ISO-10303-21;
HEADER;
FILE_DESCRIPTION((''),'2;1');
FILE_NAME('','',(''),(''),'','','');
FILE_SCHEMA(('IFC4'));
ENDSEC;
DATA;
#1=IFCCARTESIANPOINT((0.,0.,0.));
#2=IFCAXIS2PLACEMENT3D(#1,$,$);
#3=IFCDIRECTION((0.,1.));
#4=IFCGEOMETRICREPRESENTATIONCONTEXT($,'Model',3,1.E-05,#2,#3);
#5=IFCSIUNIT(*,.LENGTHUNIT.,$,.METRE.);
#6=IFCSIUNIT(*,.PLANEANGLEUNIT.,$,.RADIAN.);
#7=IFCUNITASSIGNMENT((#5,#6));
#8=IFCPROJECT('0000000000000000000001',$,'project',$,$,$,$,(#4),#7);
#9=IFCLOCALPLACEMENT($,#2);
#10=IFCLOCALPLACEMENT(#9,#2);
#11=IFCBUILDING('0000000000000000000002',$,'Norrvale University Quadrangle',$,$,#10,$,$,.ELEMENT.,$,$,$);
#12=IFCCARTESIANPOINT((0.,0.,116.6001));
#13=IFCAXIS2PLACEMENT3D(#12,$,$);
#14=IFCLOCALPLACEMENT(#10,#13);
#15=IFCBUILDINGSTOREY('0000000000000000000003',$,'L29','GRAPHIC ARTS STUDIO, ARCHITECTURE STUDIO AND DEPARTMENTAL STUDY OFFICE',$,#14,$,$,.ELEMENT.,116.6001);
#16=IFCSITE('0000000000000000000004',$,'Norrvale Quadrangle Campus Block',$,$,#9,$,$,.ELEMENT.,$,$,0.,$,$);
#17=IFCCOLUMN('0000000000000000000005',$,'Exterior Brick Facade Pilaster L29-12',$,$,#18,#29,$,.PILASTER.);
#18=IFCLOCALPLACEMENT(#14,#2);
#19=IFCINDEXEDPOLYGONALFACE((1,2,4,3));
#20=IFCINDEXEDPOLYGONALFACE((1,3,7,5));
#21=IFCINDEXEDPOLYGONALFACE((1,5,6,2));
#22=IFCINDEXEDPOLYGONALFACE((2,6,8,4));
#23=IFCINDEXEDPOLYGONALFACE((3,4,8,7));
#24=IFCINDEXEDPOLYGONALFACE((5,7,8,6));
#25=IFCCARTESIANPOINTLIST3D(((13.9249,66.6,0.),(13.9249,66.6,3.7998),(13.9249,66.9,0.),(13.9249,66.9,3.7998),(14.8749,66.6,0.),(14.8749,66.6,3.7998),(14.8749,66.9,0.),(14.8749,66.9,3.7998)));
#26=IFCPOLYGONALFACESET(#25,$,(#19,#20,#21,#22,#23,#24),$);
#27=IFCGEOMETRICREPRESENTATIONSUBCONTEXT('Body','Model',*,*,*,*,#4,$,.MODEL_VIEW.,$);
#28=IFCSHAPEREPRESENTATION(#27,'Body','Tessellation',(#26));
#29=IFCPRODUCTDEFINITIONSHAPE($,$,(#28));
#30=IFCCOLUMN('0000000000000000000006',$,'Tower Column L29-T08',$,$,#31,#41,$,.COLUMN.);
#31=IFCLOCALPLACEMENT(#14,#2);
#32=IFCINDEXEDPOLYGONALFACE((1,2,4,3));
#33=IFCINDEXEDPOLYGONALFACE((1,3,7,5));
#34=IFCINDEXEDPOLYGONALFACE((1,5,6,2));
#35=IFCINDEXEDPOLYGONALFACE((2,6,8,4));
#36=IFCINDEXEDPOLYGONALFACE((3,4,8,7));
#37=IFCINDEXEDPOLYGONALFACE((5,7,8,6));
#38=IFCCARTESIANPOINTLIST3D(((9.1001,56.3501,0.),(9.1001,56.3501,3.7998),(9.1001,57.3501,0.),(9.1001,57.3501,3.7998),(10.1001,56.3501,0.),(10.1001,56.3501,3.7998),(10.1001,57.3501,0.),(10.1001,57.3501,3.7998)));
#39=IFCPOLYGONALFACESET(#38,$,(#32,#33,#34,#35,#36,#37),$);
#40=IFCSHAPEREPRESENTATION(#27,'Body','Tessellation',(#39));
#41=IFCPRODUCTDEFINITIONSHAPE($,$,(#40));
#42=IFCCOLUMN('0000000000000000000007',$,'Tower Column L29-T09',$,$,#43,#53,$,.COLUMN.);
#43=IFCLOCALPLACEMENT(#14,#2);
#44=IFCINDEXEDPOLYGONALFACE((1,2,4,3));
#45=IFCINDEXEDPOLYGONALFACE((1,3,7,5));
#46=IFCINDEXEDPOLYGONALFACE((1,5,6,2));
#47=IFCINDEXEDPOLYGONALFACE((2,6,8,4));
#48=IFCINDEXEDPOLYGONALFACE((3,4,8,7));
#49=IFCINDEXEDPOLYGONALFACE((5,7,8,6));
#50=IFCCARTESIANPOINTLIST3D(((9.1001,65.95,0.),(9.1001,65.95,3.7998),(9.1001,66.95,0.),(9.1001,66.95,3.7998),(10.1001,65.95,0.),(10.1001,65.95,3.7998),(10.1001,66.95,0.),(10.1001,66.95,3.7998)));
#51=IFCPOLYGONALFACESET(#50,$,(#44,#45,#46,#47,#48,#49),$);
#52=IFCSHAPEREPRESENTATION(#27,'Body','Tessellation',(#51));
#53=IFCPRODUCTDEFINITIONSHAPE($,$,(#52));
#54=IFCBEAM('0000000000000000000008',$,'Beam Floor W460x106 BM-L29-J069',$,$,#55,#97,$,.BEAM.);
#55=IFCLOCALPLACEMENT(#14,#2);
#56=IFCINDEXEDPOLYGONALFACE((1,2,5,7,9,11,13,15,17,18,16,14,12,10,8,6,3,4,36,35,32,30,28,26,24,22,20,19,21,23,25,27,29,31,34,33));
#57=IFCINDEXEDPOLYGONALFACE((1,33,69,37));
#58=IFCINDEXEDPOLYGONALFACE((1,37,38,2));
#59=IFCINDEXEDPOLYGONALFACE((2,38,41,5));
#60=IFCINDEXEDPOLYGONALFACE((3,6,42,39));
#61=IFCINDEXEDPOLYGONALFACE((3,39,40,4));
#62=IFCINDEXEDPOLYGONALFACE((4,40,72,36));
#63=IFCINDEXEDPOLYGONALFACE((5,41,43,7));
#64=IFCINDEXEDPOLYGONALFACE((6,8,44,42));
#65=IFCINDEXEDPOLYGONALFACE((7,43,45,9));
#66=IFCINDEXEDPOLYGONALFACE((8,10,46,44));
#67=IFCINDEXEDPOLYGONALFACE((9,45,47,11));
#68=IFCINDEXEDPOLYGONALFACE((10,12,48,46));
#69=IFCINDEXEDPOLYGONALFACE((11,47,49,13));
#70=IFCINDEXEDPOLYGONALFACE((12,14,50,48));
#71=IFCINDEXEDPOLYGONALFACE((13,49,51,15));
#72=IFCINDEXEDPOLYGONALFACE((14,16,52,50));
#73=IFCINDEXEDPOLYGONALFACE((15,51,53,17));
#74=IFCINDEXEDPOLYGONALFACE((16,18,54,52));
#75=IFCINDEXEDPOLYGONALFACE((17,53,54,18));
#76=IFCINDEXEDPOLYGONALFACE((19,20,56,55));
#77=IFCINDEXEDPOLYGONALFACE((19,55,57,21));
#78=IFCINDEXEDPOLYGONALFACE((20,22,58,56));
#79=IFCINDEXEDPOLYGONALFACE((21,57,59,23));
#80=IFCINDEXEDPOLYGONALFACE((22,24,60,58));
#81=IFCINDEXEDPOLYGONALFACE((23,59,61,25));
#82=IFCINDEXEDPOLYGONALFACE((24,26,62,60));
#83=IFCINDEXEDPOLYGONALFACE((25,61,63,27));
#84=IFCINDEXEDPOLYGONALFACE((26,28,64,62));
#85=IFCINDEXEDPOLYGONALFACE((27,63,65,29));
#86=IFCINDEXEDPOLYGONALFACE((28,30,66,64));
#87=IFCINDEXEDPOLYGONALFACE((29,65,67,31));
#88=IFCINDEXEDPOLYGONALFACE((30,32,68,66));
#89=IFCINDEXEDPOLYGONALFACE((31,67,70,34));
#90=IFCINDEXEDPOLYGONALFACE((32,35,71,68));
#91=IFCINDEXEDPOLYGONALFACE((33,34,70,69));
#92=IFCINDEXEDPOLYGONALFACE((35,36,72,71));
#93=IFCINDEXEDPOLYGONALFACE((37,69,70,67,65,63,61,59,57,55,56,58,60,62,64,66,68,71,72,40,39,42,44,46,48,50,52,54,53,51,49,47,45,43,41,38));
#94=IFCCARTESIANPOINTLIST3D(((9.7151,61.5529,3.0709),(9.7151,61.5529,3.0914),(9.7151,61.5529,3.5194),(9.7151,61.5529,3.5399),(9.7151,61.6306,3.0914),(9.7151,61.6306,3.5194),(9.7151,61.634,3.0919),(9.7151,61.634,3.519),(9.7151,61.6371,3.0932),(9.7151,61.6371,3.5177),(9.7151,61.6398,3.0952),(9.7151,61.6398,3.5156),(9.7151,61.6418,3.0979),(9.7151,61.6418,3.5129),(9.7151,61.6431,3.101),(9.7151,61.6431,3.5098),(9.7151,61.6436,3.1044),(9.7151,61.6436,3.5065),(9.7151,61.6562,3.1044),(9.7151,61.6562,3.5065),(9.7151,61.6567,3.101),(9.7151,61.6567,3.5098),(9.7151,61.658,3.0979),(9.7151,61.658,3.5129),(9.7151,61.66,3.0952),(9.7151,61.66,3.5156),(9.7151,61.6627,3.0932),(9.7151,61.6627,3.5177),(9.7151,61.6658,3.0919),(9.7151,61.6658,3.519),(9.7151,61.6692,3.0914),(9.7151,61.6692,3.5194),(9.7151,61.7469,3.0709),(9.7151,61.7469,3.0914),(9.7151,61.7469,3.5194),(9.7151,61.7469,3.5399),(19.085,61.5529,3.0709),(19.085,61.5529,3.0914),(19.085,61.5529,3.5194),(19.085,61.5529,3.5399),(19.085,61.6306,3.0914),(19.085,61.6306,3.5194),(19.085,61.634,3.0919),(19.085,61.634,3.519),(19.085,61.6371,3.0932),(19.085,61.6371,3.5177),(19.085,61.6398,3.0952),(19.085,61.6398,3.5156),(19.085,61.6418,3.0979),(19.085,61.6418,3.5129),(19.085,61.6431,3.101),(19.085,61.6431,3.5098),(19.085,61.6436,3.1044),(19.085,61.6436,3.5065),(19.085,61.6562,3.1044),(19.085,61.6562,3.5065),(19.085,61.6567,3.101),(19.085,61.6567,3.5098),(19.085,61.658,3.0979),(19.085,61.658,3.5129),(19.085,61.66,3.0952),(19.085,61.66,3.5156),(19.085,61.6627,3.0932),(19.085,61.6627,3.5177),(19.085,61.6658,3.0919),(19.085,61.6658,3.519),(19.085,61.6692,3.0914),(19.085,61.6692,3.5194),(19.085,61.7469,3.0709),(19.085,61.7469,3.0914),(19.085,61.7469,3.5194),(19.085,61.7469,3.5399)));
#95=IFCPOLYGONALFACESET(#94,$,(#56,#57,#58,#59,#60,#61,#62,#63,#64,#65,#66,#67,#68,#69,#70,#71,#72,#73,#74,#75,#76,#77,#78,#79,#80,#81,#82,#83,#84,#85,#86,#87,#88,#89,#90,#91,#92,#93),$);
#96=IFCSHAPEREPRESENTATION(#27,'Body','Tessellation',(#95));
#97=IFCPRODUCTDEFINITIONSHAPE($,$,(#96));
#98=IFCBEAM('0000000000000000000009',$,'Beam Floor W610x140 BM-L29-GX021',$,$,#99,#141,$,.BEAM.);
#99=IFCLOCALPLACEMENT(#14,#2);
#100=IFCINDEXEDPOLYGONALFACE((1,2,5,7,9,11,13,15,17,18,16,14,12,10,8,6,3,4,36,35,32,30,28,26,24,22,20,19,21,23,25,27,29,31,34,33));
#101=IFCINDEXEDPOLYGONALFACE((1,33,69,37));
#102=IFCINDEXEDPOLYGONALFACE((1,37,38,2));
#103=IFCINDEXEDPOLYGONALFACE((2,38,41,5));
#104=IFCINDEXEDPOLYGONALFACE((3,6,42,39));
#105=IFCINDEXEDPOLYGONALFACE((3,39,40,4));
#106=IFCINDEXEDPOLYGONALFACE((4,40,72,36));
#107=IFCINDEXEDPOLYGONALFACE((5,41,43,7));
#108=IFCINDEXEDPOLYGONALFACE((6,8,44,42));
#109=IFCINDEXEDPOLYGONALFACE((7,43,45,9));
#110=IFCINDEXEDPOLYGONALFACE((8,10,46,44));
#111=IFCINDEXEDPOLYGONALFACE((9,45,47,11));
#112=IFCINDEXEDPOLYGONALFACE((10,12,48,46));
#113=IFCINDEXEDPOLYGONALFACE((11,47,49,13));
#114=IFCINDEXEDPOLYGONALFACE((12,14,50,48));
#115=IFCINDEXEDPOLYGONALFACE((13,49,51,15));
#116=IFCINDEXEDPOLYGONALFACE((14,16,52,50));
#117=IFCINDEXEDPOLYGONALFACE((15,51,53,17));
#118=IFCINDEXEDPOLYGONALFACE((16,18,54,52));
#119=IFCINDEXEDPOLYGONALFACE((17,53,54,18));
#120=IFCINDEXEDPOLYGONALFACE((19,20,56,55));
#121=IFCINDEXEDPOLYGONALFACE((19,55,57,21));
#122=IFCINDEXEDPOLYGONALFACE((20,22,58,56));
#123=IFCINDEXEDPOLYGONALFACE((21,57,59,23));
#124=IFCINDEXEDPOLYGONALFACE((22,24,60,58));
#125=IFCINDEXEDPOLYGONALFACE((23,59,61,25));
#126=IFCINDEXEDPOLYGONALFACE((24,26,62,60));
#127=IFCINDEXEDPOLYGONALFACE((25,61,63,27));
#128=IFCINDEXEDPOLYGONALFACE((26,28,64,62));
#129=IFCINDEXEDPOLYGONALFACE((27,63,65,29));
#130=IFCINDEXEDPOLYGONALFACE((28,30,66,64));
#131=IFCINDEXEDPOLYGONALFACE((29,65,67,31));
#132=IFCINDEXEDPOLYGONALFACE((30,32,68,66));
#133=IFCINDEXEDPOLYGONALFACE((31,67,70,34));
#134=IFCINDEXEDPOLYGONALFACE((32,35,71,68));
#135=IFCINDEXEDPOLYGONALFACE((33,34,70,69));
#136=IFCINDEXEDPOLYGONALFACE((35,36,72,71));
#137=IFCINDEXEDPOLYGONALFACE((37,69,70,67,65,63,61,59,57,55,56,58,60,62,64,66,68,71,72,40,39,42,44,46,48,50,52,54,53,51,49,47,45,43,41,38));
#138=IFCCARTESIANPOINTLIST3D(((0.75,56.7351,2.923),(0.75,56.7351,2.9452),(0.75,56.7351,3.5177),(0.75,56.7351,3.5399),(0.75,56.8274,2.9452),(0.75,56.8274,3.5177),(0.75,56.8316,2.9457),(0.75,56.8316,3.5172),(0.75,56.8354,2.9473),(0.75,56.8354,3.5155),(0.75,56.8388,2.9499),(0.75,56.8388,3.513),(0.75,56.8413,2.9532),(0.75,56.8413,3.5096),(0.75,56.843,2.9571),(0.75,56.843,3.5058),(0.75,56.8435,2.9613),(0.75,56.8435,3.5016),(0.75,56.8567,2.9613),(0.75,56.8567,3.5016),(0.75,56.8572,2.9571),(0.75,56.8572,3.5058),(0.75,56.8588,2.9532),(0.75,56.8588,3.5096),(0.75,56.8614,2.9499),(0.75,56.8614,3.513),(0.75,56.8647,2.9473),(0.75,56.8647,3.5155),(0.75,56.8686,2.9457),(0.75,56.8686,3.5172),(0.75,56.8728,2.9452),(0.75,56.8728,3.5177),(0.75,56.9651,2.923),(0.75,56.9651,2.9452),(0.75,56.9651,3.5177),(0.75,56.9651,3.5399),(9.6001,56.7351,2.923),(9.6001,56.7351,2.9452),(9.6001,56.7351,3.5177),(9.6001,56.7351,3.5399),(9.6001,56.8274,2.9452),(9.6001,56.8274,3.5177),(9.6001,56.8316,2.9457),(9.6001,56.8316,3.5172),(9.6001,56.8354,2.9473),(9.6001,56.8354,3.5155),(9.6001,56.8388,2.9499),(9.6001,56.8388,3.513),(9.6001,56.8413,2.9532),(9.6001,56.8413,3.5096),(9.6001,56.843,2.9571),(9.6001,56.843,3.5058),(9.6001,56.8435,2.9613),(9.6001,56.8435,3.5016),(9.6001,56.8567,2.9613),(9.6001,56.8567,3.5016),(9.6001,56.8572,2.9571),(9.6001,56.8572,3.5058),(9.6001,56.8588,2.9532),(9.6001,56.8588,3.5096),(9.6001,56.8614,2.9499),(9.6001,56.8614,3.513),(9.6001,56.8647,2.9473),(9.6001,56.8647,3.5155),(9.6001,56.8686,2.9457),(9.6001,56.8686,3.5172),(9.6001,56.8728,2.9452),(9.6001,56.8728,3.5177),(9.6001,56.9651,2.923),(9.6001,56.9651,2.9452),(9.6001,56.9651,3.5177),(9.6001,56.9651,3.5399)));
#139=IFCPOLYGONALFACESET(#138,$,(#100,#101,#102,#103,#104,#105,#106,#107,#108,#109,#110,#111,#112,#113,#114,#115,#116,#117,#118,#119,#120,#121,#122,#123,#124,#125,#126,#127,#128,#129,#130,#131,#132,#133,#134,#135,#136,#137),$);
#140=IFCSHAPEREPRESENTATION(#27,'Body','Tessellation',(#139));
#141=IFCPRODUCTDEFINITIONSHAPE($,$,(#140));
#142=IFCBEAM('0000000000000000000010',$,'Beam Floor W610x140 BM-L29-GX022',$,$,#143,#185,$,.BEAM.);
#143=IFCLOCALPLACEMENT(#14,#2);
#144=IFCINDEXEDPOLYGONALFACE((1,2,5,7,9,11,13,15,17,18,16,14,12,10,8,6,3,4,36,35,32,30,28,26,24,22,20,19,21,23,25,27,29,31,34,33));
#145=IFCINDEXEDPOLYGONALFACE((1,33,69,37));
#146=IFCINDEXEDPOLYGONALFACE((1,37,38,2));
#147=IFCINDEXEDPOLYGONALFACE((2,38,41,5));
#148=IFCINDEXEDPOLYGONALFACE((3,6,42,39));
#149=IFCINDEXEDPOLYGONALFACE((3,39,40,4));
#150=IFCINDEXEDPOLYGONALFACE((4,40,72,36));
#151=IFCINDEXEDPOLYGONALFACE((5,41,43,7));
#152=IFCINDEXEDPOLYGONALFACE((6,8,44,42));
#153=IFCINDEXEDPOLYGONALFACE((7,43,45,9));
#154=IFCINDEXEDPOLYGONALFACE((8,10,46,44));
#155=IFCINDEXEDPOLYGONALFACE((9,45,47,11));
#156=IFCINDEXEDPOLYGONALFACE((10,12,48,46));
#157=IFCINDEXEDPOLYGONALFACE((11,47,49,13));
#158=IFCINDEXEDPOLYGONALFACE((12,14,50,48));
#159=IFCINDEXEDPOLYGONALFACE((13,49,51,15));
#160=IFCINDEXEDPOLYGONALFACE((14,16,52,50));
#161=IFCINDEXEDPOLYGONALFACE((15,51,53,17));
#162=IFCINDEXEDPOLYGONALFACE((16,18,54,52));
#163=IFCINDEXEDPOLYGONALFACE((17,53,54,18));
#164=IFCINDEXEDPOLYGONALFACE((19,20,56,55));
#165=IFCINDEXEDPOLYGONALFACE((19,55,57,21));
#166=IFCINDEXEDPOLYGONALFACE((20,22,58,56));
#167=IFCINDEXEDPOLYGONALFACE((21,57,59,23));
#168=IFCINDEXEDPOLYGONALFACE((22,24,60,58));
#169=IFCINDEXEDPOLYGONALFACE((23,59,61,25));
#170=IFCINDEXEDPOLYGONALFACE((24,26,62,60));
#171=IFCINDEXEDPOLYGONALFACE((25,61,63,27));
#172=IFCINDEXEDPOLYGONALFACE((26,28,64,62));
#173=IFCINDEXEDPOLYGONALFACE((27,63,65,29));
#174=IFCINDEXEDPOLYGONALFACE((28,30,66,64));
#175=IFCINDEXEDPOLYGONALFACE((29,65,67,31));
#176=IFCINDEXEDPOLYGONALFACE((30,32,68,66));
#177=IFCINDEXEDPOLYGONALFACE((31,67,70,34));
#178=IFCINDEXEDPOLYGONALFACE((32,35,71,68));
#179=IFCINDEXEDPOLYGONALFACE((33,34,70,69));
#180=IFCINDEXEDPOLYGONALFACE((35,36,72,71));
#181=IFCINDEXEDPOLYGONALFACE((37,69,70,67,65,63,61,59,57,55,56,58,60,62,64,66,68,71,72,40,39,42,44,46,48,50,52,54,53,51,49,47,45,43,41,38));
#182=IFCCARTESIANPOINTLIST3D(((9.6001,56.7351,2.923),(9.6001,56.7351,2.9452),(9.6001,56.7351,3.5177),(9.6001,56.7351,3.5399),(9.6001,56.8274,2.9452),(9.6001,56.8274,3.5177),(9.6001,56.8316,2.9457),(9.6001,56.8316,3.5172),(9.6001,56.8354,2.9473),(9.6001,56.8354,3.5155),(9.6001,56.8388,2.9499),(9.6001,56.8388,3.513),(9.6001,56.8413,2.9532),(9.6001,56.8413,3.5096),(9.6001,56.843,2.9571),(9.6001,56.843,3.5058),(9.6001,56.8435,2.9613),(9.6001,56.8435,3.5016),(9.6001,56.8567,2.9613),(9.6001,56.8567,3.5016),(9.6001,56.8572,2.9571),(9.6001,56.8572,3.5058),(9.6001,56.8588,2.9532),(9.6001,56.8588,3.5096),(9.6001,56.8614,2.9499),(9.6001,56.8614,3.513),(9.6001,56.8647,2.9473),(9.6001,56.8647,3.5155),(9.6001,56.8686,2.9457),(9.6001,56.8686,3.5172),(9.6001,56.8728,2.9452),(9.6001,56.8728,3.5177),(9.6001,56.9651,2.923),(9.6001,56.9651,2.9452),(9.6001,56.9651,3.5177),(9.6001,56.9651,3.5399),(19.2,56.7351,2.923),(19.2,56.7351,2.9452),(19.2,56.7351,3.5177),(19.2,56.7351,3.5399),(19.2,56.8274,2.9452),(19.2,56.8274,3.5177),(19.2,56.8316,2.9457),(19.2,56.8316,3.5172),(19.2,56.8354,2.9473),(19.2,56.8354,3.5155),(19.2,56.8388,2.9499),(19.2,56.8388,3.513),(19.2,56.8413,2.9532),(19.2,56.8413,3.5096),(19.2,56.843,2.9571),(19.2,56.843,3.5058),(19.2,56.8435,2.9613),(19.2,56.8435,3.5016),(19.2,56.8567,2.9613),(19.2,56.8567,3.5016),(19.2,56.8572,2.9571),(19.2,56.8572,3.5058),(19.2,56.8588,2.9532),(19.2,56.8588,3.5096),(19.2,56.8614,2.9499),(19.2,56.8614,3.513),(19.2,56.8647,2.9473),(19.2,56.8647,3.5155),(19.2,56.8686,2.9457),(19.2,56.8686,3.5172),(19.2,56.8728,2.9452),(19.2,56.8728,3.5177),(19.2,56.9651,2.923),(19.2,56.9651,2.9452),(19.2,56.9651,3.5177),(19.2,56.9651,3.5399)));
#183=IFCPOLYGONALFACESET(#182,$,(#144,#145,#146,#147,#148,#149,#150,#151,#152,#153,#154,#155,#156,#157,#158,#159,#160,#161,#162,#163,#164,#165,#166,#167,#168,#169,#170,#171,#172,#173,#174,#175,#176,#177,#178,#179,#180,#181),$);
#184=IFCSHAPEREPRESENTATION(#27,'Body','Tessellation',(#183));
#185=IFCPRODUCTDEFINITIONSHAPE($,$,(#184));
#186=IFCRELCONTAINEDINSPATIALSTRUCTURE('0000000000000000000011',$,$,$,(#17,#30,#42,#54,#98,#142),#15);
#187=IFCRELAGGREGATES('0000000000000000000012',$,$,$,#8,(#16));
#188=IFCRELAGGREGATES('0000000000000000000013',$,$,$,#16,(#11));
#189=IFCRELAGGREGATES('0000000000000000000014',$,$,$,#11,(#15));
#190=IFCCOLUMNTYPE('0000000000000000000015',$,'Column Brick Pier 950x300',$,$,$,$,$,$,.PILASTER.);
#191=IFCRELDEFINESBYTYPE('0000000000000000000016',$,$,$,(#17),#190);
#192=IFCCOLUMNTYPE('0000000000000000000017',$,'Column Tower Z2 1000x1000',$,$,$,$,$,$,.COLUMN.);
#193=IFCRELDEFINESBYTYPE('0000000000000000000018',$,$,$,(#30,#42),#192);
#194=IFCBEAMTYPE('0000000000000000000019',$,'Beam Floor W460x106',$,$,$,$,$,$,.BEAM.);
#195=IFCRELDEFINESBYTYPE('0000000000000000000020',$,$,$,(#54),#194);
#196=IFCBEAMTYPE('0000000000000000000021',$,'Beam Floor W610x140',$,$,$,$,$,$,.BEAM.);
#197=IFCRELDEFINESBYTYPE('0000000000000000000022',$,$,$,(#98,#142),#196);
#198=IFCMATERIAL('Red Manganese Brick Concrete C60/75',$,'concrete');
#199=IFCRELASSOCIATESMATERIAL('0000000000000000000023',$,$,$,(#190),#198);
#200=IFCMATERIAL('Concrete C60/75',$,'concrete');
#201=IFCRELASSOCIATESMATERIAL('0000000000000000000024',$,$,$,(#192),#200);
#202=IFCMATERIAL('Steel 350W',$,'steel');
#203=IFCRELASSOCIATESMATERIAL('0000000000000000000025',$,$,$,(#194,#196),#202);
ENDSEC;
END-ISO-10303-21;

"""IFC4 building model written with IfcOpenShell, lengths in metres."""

from ifc_helpers import new_model, si_unit, direction, frame, origin, origin_2d, place, context, subcontext, project, spatial, rectangle, i_section, extrude, material, material_profile, profile_set, type_object, element, save


model = new_model("IFC4")

# Units and contexts
model_context = context("Model", 3, precision=1e-05, world=origin(), true_north=direction((0.0, 1.0)))
body_context = subcontext(model_context, "Body", "Model", "MODEL_VIEW")
ifc_project = project(units=[si_unit("LENGTHUNIT", "METRE"), si_unit("PLANEANGLEUNIT", "RADIAN")], contexts=[model_context])

# Site, building, storey
site_placement = place(None, origin())
site = spatial("IfcSite", under=ifc_project, at=site_placement, Name="Norrvale Quadrangle Campus Block", CompositionType="ELEMENT", RefElevation=0.0)
building_placement = place(site_placement, origin())
building = spatial("IfcBuilding", under=site, at=building_placement, Name="Norrvale University Quadrangle", CompositionType="ELEMENT")
storey_placement = place(building_placement, frame((0.0, 0.0, 116.6001)))
storey = spatial("IfcBuildingStorey", under=building, at=storey_placement, Name="L29", Description="GRAPHIC ARTS STUDIO, ARCHITECTURE STUDIO AND DEPARTMENTAL STUDY OFFICE", CompositionType="ELEMENT", Elevation=116.6001)

# Columns
ifc_material_1 = material(Name="Red Manganese Brick Concrete C60/75", Category="concrete")
ifc_material_profile_1 = material_profile(ifc_material_1, rectangle(XDim=0.95, YDim=0.3, at=origin_2d()), Name="Red Manganese Brick Concrete C60/75")
ifc_profile_set_1 = profile_set([ifc_material_profile_1], Name="Red Manganese Brick Concrete C60/75")
column_type_1 = type_object("IfcColumnType", Name="Column Brick Pier 950x300", PredefinedType="PILASTER", material=ifc_profile_set_1)
column_placement = place(storey_placement, frame((14.3999, 66.75, 0.0), z_axis=(0.0, 0.0, 1.0), x_axis=(1.0, 0.0, 0.0)))
element("IfcColumn", 1, at=column_placement, inside=storey, type_object=column_type_1, Name="Exterior Brick Facade Pilaster L29-12", PredefinedType="PILASTER", context=body_context, shape_type="SweptSolid", body=[
    extrude(rectangle(XDim=0.95, YDim=0.3, at=origin_2d()), origin(), (0.0, 0.0, 1.0), 3.7998),
])
ifc_material_2 = material(Name="Concrete C60/75", Category="concrete")
ifc_material_profile_2 = material_profile(ifc_material_2, rectangle(XDim=1.0, YDim=1.0, at=origin_2d()), Name="Concrete C60/75")
ifc_profile_set_2 = profile_set([ifc_material_profile_2], Name="Concrete C60/75")
column_type_2 = type_object("IfcColumnType", Name="Column Tower Z2 1000x1000", PredefinedType="COLUMN", material=ifc_profile_set_2)
for number, where, z_axis, x_axis, name in (
    (2, (9.6001, 56.8501, 0.0), (0.0, 0.0, 1.0), (1.0, 0.0, 0.0), "Tower Column L29-T08"),
    (3, (9.6001, 66.45, 0.0), (0.0, 0.0, 1.0), (1.0, 0.0, 0.0), "Tower Column L29-T09"),
):
    element("IfcColumn", number, at=place(storey_placement, frame(where, z_axis=z_axis, x_axis=x_axis)), inside=storey, type_object=column_type_2, Name=name, PredefinedType="COLUMN", context=body_context, shape_type="SweptSolid", body=[
        extrude(rectangle(XDim=1.0, YDim=1.0, at=origin_2d()), origin(), (0.0, 0.0, 1.0), 3.7998),
    ])

# Beams
ifc_material_3 = material(Name="Steel 350W", Category="steel")
ifc_material_profile_3 = material_profile(ifc_material_3, i_section(OverallWidth=0.1941, OverallDepth=0.469, WebThickness=0.0127, FlangeThickness=0.0205, FilletRadius=0.0129, at=origin_2d()), Name="Steel 350W")
ifc_profile_set_3 = profile_set([ifc_material_profile_3], Name="Steel 350W")
beam_type_1 = type_object("IfcBeamType", Name="Beam Floor W460x106", PredefinedType="BEAM", material=ifc_profile_set_3)
beam_1_placement = place(storey_placement, frame((9.7151, 61.6499, 3.3054), z_axis=(1.0, 0.0, 0.0), x_axis=(0.0, 1.0, 0.0)))
element("IfcBeam", 4, at=beam_1_placement, inside=storey, type_object=beam_type_1, Name="Beam Floor W460x106 BM-L29-J069", PredefinedType="BEAM", context=body_context, shape_type="SweptSolid", body=[
    extrude(i_section(OverallWidth=0.1941, OverallDepth=0.469, WebThickness=0.0127, FlangeThickness=0.0205, FilletRadius=0.0129, at=origin_2d()), origin(), (0.0, 0.0, 1.0), 9.3699),
])
ifc_material_profile_4 = material_profile(ifc_material_3, i_section(OverallWidth=0.23, OverallDepth=0.6169, WebThickness=0.0132, FlangeThickness=0.0222, FilletRadius=0.0161, at=origin_2d()), Name="Steel 350W")
ifc_profile_set_4 = profile_set([ifc_material_profile_4], Name="Steel 350W")
beam_type_2 = type_object("IfcBeamType", Name="Beam Floor W610x140", PredefinedType="BEAM", material=ifc_profile_set_4)
beam_2_placement = place(storey_placement, frame((0.75, 56.8501, 3.2314), z_axis=(1.0, 0.0, 0.0), x_axis=(0.0, 1.0, 0.0)))
element("IfcBeam", 5, at=beam_2_placement, inside=storey, type_object=beam_type_2, Name="Beam Floor W610x140 BM-L29-GX021", PredefinedType="BEAM", context=body_context, shape_type="SweptSolid", body=[
    extrude(i_section(OverallWidth=0.23, OverallDepth=0.6169, WebThickness=0.0132, FlangeThickness=0.0222, FilletRadius=0.0161, at=origin_2d()), origin(), (0.0, 0.0, 1.0), 8.8501),
])
for number, where, z_axis, x_axis, name in (
    (6, (9.6001, 56.8501, 3.2314), (1.0, 0.0, 0.0), (0.0, 1.0, 0.0), "Beam Floor W610x140 BM-L29-GX022"),
):
    element("IfcBeam", number, at=place(storey_placement, frame(where, z_axis=z_axis, x_axis=x_axis)), inside=storey, type_object=beam_type_2, Name=name, PredefinedType="BEAM", context=body_context, shape_type="SweptSolid", body=[
        extrude(i_section(OverallWidth=0.23, OverallDepth=0.6169, WebThickness=0.0132, FlangeThickness=0.0222, FilletRadius=0.0161, at=origin_2d()), origin(), (0.0, 0.0, 1.0), 9.5999),
    ])

save(model, "model.ifc")
